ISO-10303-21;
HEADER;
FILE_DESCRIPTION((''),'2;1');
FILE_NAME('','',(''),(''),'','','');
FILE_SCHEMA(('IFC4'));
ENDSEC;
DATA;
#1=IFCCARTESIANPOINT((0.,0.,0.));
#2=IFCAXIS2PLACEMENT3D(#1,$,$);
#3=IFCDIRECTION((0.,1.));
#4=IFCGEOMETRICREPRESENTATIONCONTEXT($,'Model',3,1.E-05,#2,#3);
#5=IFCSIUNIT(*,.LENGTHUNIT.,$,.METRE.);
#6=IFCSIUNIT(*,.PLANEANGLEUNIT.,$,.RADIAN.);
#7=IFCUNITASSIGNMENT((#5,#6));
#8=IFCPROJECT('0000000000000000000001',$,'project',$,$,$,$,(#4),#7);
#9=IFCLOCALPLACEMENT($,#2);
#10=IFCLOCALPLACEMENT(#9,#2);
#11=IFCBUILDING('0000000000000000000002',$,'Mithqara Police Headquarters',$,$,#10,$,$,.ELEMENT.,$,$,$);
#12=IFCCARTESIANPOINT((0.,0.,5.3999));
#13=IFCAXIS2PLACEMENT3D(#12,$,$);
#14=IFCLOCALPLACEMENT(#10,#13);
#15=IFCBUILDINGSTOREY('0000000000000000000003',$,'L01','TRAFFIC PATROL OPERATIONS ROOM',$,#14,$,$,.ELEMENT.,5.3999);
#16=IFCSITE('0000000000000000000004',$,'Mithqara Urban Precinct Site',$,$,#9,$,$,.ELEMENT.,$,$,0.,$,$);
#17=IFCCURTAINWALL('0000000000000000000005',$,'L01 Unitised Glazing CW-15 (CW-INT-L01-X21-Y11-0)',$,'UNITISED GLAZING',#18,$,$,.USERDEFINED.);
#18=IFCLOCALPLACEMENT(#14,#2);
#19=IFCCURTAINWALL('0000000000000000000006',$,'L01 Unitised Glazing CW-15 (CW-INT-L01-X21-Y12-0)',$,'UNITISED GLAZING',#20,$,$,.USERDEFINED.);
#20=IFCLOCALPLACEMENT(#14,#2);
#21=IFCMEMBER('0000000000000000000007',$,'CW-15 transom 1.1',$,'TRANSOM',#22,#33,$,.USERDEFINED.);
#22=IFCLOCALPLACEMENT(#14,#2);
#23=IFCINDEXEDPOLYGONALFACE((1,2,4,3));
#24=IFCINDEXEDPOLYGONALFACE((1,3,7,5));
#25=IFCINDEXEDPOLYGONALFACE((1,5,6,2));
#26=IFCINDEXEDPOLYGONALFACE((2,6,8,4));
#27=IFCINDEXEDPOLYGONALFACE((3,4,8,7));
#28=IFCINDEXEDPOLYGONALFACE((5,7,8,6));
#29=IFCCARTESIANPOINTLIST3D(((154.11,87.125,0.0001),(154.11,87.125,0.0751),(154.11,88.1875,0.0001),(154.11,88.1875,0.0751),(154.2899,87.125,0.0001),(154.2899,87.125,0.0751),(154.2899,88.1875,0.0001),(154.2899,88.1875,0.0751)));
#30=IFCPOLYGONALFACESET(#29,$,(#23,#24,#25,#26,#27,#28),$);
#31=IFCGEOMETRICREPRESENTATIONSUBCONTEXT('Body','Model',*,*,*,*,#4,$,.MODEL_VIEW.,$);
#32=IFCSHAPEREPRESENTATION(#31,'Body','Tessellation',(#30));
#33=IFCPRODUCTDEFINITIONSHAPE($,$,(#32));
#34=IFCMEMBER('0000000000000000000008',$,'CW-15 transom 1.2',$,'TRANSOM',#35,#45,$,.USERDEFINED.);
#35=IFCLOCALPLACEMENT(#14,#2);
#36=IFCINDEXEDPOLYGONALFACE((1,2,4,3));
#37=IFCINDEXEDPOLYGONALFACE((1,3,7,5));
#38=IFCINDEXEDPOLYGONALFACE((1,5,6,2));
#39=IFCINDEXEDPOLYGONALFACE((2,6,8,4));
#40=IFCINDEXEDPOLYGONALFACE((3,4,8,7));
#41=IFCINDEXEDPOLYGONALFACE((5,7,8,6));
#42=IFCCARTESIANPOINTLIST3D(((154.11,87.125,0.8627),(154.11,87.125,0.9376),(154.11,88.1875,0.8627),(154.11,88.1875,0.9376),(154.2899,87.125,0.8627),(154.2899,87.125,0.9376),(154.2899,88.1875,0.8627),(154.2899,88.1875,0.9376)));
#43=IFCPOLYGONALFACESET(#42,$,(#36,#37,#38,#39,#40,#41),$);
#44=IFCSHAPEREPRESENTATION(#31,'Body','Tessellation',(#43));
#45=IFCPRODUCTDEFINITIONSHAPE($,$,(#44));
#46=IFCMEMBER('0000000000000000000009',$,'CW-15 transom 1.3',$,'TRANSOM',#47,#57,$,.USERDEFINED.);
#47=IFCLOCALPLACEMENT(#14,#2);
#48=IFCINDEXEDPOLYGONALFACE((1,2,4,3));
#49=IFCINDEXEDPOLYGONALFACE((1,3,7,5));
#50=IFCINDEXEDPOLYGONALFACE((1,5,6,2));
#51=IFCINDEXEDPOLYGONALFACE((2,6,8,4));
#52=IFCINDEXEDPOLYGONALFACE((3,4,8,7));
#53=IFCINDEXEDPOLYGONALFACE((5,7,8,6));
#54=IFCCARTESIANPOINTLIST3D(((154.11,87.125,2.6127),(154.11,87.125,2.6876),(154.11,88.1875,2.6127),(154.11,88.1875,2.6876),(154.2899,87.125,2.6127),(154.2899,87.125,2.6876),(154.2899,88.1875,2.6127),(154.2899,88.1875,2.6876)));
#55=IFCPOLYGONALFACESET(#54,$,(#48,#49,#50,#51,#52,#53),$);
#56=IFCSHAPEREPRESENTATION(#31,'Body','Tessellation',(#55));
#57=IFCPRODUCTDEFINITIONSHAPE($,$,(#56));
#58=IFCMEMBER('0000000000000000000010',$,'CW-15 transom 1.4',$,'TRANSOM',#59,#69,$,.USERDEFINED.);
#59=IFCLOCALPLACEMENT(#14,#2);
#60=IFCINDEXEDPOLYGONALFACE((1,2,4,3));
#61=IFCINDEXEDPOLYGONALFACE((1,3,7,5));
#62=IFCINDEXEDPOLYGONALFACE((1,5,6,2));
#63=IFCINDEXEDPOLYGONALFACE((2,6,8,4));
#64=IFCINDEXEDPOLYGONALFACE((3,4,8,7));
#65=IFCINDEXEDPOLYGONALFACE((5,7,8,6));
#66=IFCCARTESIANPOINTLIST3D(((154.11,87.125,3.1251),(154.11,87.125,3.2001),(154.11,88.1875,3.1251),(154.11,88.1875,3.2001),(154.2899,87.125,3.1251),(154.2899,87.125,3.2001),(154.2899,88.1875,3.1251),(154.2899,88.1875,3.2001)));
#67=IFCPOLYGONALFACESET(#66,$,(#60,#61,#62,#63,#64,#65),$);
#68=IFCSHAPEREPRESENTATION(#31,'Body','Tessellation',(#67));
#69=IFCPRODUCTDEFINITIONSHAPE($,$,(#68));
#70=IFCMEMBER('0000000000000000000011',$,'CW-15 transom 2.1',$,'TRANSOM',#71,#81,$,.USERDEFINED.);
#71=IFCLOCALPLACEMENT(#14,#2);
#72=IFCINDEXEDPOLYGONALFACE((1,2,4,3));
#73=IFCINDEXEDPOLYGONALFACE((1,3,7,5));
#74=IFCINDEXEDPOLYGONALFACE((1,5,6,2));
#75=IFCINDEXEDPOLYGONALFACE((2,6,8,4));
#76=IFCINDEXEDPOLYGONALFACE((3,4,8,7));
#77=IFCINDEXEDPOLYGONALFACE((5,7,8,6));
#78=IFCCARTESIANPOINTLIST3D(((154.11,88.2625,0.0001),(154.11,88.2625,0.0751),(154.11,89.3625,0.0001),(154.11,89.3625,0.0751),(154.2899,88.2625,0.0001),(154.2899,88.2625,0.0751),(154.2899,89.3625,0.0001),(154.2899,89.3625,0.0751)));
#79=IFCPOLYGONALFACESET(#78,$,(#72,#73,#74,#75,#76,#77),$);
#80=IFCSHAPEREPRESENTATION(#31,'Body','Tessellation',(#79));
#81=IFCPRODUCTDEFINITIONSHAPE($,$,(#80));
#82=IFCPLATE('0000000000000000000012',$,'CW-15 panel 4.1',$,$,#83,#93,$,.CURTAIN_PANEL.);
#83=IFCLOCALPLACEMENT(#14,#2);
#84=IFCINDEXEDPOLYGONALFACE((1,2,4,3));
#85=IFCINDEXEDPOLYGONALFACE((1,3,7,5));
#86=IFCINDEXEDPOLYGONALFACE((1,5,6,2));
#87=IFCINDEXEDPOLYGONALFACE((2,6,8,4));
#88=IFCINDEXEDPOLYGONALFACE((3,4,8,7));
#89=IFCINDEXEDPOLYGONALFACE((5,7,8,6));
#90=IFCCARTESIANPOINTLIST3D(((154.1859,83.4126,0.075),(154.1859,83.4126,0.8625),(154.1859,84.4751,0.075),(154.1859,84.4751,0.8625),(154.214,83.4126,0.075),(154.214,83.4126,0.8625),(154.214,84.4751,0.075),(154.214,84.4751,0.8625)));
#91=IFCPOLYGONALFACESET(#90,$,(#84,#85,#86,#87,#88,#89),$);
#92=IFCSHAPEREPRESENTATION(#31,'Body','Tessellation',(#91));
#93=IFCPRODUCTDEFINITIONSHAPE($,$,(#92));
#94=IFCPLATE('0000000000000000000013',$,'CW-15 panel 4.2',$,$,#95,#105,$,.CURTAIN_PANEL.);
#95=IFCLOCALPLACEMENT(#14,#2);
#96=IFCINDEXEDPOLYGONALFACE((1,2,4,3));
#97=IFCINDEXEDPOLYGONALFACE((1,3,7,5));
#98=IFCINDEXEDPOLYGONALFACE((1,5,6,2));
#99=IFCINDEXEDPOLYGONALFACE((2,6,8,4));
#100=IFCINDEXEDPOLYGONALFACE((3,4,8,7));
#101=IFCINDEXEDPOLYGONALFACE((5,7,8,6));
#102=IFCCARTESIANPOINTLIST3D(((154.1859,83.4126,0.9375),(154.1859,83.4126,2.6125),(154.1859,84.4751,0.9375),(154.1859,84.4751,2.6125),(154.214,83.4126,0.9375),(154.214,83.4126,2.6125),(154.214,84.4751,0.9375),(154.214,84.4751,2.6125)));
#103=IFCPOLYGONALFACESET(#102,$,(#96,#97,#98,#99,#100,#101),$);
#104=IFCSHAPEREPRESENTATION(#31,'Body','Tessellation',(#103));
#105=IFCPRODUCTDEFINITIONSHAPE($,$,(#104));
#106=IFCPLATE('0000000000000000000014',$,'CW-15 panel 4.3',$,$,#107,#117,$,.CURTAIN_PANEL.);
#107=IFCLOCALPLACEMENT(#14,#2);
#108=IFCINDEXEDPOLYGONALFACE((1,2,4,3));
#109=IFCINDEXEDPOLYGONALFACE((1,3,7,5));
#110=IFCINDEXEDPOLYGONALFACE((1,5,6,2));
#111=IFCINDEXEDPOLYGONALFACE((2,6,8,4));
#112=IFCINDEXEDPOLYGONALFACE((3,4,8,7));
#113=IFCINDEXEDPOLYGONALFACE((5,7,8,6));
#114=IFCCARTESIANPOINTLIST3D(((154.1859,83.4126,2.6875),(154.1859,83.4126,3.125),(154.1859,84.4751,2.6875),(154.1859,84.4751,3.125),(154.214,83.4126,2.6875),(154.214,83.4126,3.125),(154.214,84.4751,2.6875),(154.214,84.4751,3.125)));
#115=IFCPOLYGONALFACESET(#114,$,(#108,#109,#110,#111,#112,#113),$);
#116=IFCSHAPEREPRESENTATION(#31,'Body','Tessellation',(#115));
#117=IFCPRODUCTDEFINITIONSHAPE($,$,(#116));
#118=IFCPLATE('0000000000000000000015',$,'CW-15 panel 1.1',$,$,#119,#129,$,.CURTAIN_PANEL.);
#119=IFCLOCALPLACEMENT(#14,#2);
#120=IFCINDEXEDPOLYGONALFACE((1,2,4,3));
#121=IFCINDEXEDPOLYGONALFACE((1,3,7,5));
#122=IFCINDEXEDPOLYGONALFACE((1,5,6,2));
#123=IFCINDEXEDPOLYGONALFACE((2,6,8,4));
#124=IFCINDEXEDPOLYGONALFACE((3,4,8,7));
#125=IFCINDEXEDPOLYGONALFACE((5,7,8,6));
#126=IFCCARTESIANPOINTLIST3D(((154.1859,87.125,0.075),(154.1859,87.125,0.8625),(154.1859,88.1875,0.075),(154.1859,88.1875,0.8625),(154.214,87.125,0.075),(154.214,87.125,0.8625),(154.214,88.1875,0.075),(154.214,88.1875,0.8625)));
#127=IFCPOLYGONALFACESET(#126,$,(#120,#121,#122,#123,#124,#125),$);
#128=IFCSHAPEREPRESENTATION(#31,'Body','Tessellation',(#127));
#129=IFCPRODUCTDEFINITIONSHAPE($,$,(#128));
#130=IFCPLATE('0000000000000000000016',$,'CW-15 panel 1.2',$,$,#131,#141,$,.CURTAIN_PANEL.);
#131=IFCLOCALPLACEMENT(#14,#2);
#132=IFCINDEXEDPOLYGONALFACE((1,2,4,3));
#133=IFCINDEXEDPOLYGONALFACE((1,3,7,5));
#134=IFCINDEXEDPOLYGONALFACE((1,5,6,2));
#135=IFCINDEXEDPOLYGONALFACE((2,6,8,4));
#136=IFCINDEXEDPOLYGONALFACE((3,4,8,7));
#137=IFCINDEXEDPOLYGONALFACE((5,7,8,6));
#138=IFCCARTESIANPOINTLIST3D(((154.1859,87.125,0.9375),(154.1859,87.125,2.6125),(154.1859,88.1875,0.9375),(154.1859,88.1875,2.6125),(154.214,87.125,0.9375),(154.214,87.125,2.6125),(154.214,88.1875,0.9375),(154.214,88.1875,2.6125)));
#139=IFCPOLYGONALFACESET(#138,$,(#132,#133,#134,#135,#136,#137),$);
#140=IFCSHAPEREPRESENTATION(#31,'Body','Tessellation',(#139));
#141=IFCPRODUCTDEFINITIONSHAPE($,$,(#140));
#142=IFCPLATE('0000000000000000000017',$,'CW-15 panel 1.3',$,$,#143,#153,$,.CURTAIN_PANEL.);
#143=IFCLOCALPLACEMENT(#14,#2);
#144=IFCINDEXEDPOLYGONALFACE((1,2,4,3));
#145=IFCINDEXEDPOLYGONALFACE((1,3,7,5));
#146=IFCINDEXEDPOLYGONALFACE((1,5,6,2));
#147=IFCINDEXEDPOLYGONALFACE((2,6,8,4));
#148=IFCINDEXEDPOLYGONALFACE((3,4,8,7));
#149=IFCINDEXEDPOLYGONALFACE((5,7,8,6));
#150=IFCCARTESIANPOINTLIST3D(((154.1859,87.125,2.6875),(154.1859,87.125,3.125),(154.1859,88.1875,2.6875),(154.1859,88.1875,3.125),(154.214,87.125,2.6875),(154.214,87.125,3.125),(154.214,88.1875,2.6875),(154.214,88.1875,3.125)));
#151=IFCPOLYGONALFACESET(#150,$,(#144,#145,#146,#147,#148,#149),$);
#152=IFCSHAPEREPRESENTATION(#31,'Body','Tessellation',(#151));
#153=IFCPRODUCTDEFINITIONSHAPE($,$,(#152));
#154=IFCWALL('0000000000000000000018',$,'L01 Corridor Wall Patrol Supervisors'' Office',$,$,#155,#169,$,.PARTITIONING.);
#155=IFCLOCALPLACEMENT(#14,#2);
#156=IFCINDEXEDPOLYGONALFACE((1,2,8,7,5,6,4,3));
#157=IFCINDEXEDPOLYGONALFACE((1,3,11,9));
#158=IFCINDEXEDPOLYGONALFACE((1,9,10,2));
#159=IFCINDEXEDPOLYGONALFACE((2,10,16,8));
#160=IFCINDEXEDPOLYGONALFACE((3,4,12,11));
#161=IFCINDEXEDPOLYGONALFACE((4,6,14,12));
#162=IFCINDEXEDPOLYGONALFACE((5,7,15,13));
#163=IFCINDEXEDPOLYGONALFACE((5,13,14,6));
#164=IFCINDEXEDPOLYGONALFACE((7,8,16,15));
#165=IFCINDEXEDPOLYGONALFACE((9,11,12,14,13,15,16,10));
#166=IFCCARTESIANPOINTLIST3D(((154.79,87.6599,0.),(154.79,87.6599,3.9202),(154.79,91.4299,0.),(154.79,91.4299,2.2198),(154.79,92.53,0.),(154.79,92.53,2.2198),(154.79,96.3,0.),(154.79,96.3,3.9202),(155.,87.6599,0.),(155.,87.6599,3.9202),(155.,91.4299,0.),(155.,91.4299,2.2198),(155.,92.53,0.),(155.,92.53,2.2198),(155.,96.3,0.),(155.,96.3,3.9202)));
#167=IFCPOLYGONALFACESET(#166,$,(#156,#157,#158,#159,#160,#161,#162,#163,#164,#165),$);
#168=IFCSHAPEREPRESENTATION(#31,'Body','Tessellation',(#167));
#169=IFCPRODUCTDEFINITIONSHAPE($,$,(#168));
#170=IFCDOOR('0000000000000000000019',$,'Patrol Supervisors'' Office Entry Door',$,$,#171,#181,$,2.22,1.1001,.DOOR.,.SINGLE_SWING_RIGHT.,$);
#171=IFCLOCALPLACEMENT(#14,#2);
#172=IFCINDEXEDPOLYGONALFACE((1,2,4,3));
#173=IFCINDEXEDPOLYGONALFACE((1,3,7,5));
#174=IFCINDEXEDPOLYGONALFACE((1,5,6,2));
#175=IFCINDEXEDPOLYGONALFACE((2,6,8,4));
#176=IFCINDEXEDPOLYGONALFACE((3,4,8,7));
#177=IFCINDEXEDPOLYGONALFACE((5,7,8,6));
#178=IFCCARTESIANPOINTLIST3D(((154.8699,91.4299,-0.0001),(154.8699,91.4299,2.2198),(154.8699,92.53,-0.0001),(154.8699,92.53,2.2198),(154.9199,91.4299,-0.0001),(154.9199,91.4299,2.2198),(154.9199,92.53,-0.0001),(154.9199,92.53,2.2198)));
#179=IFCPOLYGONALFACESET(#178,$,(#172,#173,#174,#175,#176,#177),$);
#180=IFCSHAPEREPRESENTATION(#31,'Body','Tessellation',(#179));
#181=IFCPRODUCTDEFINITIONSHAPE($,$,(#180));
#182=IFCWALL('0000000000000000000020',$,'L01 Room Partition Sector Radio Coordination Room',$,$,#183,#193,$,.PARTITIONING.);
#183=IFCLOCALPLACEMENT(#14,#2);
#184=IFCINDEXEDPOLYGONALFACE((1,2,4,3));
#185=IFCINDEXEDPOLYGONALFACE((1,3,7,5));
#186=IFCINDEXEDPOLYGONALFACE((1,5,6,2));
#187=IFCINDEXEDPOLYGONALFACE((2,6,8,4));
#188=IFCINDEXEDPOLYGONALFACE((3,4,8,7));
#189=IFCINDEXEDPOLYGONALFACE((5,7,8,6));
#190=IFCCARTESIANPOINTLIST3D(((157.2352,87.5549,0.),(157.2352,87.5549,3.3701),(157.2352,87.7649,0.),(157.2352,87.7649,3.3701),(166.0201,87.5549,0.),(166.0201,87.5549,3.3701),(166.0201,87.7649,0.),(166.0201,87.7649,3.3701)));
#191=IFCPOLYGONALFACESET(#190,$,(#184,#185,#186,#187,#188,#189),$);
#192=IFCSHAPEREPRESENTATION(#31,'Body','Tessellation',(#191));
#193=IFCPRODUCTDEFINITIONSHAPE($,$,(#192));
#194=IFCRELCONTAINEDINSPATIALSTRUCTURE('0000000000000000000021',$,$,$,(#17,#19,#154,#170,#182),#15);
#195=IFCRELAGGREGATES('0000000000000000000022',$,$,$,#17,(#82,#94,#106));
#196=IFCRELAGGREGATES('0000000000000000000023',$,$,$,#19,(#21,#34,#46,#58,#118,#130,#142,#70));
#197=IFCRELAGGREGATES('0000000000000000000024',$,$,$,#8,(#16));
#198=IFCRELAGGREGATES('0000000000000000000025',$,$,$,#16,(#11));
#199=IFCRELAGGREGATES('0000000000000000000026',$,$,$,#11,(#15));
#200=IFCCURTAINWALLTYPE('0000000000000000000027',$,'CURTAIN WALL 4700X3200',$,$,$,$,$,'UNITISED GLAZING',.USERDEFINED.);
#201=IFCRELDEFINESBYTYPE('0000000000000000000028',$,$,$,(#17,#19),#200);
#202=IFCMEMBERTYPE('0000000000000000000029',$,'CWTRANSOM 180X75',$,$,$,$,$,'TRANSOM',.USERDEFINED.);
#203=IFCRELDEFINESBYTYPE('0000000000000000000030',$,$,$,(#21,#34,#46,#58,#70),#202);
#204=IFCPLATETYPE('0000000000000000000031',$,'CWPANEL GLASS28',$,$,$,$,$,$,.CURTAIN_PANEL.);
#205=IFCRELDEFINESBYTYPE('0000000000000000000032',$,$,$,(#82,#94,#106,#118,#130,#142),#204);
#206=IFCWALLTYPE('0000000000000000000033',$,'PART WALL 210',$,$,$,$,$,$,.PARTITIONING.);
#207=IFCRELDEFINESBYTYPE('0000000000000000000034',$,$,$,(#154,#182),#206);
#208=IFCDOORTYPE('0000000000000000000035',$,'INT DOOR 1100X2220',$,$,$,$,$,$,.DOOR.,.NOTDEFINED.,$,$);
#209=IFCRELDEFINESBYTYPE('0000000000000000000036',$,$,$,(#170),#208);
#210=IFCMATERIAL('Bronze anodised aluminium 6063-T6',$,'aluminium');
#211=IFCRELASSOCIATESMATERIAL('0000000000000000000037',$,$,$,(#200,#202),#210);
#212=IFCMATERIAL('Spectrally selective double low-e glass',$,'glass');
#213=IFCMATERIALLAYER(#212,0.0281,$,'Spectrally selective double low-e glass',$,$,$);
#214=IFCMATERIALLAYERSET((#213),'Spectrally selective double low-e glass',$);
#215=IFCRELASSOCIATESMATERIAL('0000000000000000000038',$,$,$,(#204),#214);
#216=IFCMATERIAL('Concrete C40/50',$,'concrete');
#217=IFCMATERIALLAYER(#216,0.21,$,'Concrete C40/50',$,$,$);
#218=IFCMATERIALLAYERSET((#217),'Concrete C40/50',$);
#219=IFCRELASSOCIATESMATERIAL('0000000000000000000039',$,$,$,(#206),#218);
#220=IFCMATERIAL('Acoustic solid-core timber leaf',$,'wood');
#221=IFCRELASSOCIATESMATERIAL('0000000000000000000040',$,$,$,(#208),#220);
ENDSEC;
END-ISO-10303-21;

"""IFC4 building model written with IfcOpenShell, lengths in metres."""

from ifc_helpers import new_model, si_unit, direction, frame, frame_2d, origin, origin_2d, place, context, subcontext, project, spatial, rectangle, extrude, material, layer, layer_set, material_profile, profile_set, type_object, element, fill, aggregate, save


model = new_model("IFC4")

# Units and contexts
model_context = context("Model", 3, precision=1e-05, world=origin(), true_north=direction((0.0, 1.0)))
body_context = subcontext(model_context, "Body", "Model", "MODEL_VIEW")
ifc_project = project(units=[si_unit("LENGTHUNIT", "METRE"), si_unit("PLANEANGLEUNIT", "RADIAN")], contexts=[model_context])

# Site, building, storey
site_placement = place(None, origin())
site = spatial("IfcSite", under=ifc_project, at=site_placement, Name="Mithqara Urban Precinct Site", CompositionType="ELEMENT", RefElevation=0.0)
building_placement = place(site_placement, origin())
building = spatial("IfcBuilding", under=site, at=building_placement, Name="Mithqara Police Headquarters", CompositionType="ELEMENT")
storey_placement = place(building_placement, frame((0.0, 0.0, 5.3999)))
storey = spatial("IfcBuildingStorey", under=building, at=storey_placement, Name="L01", Description="TRAFFIC PATROL OPERATIONS ROOM", CompositionType="ELEMENT", Elevation=5.3999)

# Shared definitions
ifc_material_1 = material(Name="Concrete C40/50", Category="concrete")

# Curtain wall
ifc_material_2 = material(Name="Bronze anodised aluminium 6063-T6", Category="aluminium")
curtain_wall_type = type_object("IfcCurtainWallType", Name="CURTAIN WALL 4700X3200", ElementType="UNITISED GLAZING", PredefinedType="USERDEFINED", material=ifc_material_2)
curtain_wall_1_placement = place(storey_placement, origin())
curtain_wall_1 = element("IfcCurtainWall", 1, at=curtain_wall_1_placement, inside=storey, type_object=curtain_wall_type, Name="L01 Unitised Glazing CW-15 (CW-INT-L01-X21-Y11-0)", ObjectType="UNITISED GLAZING", PredefinedType="USERDEFINED")

# Curtain wall, members
curtain_wall_2_placement = place(storey_placement, origin())
curtain_wall_2 = element("IfcCurtainWall", 2, at=curtain_wall_2_placement, inside=storey, type_object=curtain_wall_type, Name="L01 Unitised Glazing CW-15 (CW-INT-L01-X21-Y12-0)", ObjectType="UNITISED GLAZING", PredefinedType="USERDEFINED")
ifc_material_profile_1 = material_profile(ifc_material_2, rectangle(XDim=0.1799, YDim=0.075, at=origin_2d()), Name="CWT 180x75")
ifc_profile_set_1 = profile_set([ifc_material_profile_1], Name="Bronze anodised aluminium 6063-T6")
member_type_1 = type_object("IfcMemberType", Name="CWTRANSOM 180X75", ElementType="TRANSOM", PredefinedType="USERDEFINED", material=ifc_profile_set_1)
member_1_placement = place(storey_placement, frame((154.2, 87.125, 0.0376), z_axis=(0.0, 1.0, 0.0), x_axis=(-1.0, 0.0, 0.0)))
member_1 = element("IfcMember", 3, at=member_1_placement, type_object=member_type_1, Name="CW-15 transom 1.1", ObjectType="TRANSOM", PredefinedType="USERDEFINED", context=body_context, shape_type="SweptSolid", body=[
    extrude(rectangle(XDim=0.1799, YDim=0.075, at=origin_2d()), origin(), (0.0, 0.0, 1.0), 1.0625),
])
member_2_placement = place(storey_placement, frame((154.2, 87.125, 0.9001), z_axis=(0.0, 1.0, 0.0), x_axis=(-1.0, 0.0, 0.0)))
member_2 = element("IfcMember", 4, at=member_2_placement, type_object=member_type_1, Name="CW-15 transom 1.2", ObjectType="TRANSOM", PredefinedType="USERDEFINED", context=body_context, shape_type="SweptSolid", body=[
    extrude(rectangle(XDim=0.1799, YDim=0.075, at=origin_2d()), origin(), (0.0, 0.0, 1.0), 1.0625),
])
member_3_placement = place(storey_placement, frame((154.2, 87.125, 2.6501), z_axis=(0.0, 1.0, 0.0), x_axis=(-1.0, 0.0, 0.0)))
member_3 = element("IfcMember", 5, at=member_3_placement, type_object=member_type_1, Name="CW-15 transom 1.3", ObjectType="TRANSOM", PredefinedType="USERDEFINED", context=body_context, shape_type="SweptSolid", body=[
    extrude(rectangle(XDim=0.1799, YDim=0.075, at=origin_2d()), origin(), (0.0, 0.0, 1.0), 1.0625),
])
member_4_placement = place(storey_placement, frame((154.2, 87.125, 3.1626), z_axis=(0.0, 1.0, 0.0), x_axis=(-1.0, 0.0, 0.0)))
member_4 = element("IfcMember", 6, at=member_4_placement, type_object=member_type_1, Name="CW-15 transom 1.4", ObjectType="TRANSOM", PredefinedType="USERDEFINED", context=body_context, shape_type="SweptSolid", body=[
    extrude(rectangle(XDim=0.1799, YDim=0.075, at=origin_2d()), origin(), (0.0, 0.0, 1.0), 1.0625),
])
member_5_placement = place(storey_placement, frame((154.2, 88.2625, 0.0376), z_axis=(0.0, 1.0, 0.0), x_axis=(-1.0, 0.0, 0.0)))
member_5 = element("IfcMember", 7, at=member_5_placement, type_object=member_type_1, Name="CW-15 transom 2.1", ObjectType="TRANSOM", PredefinedType="USERDEFINED", context=body_context, shape_type="SweptSolid", body=[
    extrude(rectangle(XDim=0.1799, YDim=0.075, at=origin_2d()), origin(), (0.0, 0.0, 1.0), 1.1001),
])

# Plates
ifc_material_3 = material(Name="Spectrally selective double low-e glass", Category="glass")
ifc_layer_1 = layer(ifc_material_3, 0.0281, Name="Spectrally selective double low-e glass")
ifc_layer_set_1 = layer_set([ifc_layer_1], Name="Spectrally selective double low-e glass")
plate_type = type_object("IfcPlateType", Name="CWPANEL GLASS28", PredefinedType="CURTAIN_PANEL", material=ifc_layer_set_1)
plate_1_placement = place(storey_placement, frame((154.2, 83.9438, 0.075), z_axis=(0.0, 0.0, 1.0), x_axis=(0.0, 1.0, 0.0)))
plate_1 = element("IfcPlate", 8, at=plate_1_placement, type_object=plate_type, Name="CW-15 panel 4.1", PredefinedType="CURTAIN_PANEL", context=body_context, shape_type="SweptSolid", body=[
    extrude(rectangle(XDim=1.0625, YDim=0.0281, at=origin_2d()), origin(), (0.0, 0.0, 1.0), 0.7876),
])
plate_2_placement = place(storey_placement, frame((154.2, 83.9438, 0.9375), z_axis=(0.0, 0.0, 1.0), x_axis=(0.0, 1.0, 0.0)))
plate_2 = element("IfcPlate", 9, at=plate_2_placement, type_object=plate_type, Name="CW-15 panel 4.2", PredefinedType="CURTAIN_PANEL", context=body_context, shape_type="SweptSolid", body=[
    extrude(rectangle(XDim=1.0625, YDim=0.0281, at=origin_2d()), origin(), (0.0, 0.0, 1.0), 1.675),
])
plate_3_placement = place(storey_placement, frame((154.2, 83.9438, 2.6875), z_axis=(0.0, 0.0, 1.0), x_axis=(0.0, 1.0, 0.0)))
plate_3 = element("IfcPlate", 10, at=plate_3_placement, type_object=plate_type, Name="CW-15 panel 4.3", PredefinedType="CURTAIN_PANEL", context=body_context, shape_type="SweptSolid", body=[
    extrude(rectangle(XDim=1.0625, YDim=0.0281, at=origin_2d()), origin(), (0.0, 0.0, 1.0), 0.4375),
])
aggregate(curtain_wall_1, [plate_1, plate_2, plate_3])
plate_4_placement = place(storey_placement, frame((154.2, 87.6562, 0.075), z_axis=(0.0, 0.0, 1.0), x_axis=(0.0, 1.0, 0.0)))
plate_4 = element("IfcPlate", 11, at=plate_4_placement, type_object=plate_type, Name="CW-15 panel 1.1", PredefinedType="CURTAIN_PANEL", context=body_context, shape_type="SweptSolid", body=[
    extrude(rectangle(XDim=1.0625, YDim=0.0281, at=origin_2d()), origin(), (0.0, 0.0, 1.0), 0.7876),
])
plate_5_placement = place(storey_placement, frame((154.2, 87.6562, 0.9375), z_axis=(0.0, 0.0, 1.0), x_axis=(0.0, 1.0, 0.0)))
plate_5 = element("IfcPlate", 12, at=plate_5_placement, type_object=plate_type, Name="CW-15 panel 1.2", PredefinedType="CURTAIN_PANEL", context=body_context, shape_type="SweptSolid", body=[
    extrude(rectangle(XDim=1.0625, YDim=0.0281, at=origin_2d()), origin(), (0.0, 0.0, 1.0), 1.675),
])
plate_6_placement = place(storey_placement, frame((154.2, 87.6562, 2.6875), z_axis=(0.0, 0.0, 1.0), x_axis=(0.0, 1.0, 0.0)))
plate_6 = element("IfcPlate", 13, at=plate_6_placement, type_object=plate_type, Name="CW-15 panel 1.3", PredefinedType="CURTAIN_PANEL", context=body_context, shape_type="SweptSolid", body=[
    extrude(rectangle(XDim=1.0625, YDim=0.0281, at=origin_2d()), origin(), (0.0, 0.0, 1.0), 0.4375),
])
aggregate(curtain_wall_2, [member_1, member_2, member_3, member_4, plate_4, plate_5, plate_6, member_5])

# Wall, opening, door
ifc_layer_2 = layer(ifc_material_1, 0.21, Name="Concrete C40/50")
ifc_layer_set_2 = layer_set([ifc_layer_2], Name="Concrete C40/50")
wall_type = type_object("IfcWallType", Name="PART WALL 210", PredefinedType="PARTITIONING", material=ifc_layer_set_2)
wall_1_placement = place(storey_placement, frame((154.895, 87.6599, 0.0), z_axis=(0.0, 0.0, 1.0), x_axis=(0.0, 1.0, 0.0)))
wall_1 = element("IfcWall", 14, at=wall_1_placement, inside=storey, type_object=wall_type, Name="L01 Corridor Wall Patrol Supervisors' Office", PredefinedType="PARTITIONING", context=body_context, shape_type="SweptSolid", body=[
    extrude(rectangle(XDim=8.6401, YDim=0.21, at=frame_2d((4.3201, 0.0))), origin(), (0.0, 0.0, 1.0), 3.9202),
])
opening_1_placement = place(wall_1_placement, frame((3.77, 0.0, 0.0)))
opening_1 = element("IfcOpeningElement", 15, at=opening_1_placement, cuts=wall_1, PredefinedType="OPENING", context=body_context, shape_type="SweptSolid", body=[
    extrude(rectangle(XDim=1.1001, YDim=2.22, at=frame_2d((0.55, 1.1099))), frame((0.0, 0.115, 0.0), z_axis=(0.0, -1.0, 0.0), x_axis=(1.0, 0.0, 0.0)), (0.0, 0.0, 1.0), 0.23),
])
ifc_material_4 = material(Name="Acoustic solid-core timber leaf", Category="wood")
door_type_1 = type_object("IfcDoorType", Name="INT DOOR 1100X2220", OperationType="NOTDEFINED", PredefinedType="DOOR", material=ifc_material_4)
door_1_placement = place(opening_1_placement, frame((1.1001, 0.0, 0.0), z_axis=(0.0, 0.0, 1.0), x_axis=(-1.0, 0.0, 0.0)))
door_1 = element("IfcDoor", 16, at=door_1_placement, inside=storey, type_object=door_type_1, Name="Patrol Supervisors' Office Entry Door", OperationType="SINGLE_SWING_RIGHT", OverallHeight=2.22, OverallWidth=1.1001, PredefinedType="DOOR", context=body_context, shape_type="SweptSolid", body=[
    extrude(rectangle(XDim=1.1001, YDim=2.22, at=frame_2d((0.55, 1.1099))), frame((0.0, 0.0249, 0.0), z_axis=(0.0, -1.0, 0.0), x_axis=(1.0, 0.0, 0.0)), (0.0, 0.0, 1.0), 0.05),
])
fill(opening_1, door_1)

# Wall
wall_2_placement = place(storey_placement, frame((157.2351, 87.6599, 0.0), z_axis=(0.0, 0.0, 1.0), x_axis=(1.0, 0.0, 0.0)))
element("IfcWall", 17, at=wall_2_placement, inside=storey, type_object=wall_type, Name="L01 Room Partition Sector Radio Coordination Room", PredefinedType="PARTITIONING", context=body_context, shape_type="SweptSolid", body=[
    extrude(rectangle(XDim=8.7849, YDim=0.21, at=frame_2d((4.3926, 0.0))), origin(), (0.0, 0.0, 1.0), 3.3701),
])

save(model, "model.ifc")
